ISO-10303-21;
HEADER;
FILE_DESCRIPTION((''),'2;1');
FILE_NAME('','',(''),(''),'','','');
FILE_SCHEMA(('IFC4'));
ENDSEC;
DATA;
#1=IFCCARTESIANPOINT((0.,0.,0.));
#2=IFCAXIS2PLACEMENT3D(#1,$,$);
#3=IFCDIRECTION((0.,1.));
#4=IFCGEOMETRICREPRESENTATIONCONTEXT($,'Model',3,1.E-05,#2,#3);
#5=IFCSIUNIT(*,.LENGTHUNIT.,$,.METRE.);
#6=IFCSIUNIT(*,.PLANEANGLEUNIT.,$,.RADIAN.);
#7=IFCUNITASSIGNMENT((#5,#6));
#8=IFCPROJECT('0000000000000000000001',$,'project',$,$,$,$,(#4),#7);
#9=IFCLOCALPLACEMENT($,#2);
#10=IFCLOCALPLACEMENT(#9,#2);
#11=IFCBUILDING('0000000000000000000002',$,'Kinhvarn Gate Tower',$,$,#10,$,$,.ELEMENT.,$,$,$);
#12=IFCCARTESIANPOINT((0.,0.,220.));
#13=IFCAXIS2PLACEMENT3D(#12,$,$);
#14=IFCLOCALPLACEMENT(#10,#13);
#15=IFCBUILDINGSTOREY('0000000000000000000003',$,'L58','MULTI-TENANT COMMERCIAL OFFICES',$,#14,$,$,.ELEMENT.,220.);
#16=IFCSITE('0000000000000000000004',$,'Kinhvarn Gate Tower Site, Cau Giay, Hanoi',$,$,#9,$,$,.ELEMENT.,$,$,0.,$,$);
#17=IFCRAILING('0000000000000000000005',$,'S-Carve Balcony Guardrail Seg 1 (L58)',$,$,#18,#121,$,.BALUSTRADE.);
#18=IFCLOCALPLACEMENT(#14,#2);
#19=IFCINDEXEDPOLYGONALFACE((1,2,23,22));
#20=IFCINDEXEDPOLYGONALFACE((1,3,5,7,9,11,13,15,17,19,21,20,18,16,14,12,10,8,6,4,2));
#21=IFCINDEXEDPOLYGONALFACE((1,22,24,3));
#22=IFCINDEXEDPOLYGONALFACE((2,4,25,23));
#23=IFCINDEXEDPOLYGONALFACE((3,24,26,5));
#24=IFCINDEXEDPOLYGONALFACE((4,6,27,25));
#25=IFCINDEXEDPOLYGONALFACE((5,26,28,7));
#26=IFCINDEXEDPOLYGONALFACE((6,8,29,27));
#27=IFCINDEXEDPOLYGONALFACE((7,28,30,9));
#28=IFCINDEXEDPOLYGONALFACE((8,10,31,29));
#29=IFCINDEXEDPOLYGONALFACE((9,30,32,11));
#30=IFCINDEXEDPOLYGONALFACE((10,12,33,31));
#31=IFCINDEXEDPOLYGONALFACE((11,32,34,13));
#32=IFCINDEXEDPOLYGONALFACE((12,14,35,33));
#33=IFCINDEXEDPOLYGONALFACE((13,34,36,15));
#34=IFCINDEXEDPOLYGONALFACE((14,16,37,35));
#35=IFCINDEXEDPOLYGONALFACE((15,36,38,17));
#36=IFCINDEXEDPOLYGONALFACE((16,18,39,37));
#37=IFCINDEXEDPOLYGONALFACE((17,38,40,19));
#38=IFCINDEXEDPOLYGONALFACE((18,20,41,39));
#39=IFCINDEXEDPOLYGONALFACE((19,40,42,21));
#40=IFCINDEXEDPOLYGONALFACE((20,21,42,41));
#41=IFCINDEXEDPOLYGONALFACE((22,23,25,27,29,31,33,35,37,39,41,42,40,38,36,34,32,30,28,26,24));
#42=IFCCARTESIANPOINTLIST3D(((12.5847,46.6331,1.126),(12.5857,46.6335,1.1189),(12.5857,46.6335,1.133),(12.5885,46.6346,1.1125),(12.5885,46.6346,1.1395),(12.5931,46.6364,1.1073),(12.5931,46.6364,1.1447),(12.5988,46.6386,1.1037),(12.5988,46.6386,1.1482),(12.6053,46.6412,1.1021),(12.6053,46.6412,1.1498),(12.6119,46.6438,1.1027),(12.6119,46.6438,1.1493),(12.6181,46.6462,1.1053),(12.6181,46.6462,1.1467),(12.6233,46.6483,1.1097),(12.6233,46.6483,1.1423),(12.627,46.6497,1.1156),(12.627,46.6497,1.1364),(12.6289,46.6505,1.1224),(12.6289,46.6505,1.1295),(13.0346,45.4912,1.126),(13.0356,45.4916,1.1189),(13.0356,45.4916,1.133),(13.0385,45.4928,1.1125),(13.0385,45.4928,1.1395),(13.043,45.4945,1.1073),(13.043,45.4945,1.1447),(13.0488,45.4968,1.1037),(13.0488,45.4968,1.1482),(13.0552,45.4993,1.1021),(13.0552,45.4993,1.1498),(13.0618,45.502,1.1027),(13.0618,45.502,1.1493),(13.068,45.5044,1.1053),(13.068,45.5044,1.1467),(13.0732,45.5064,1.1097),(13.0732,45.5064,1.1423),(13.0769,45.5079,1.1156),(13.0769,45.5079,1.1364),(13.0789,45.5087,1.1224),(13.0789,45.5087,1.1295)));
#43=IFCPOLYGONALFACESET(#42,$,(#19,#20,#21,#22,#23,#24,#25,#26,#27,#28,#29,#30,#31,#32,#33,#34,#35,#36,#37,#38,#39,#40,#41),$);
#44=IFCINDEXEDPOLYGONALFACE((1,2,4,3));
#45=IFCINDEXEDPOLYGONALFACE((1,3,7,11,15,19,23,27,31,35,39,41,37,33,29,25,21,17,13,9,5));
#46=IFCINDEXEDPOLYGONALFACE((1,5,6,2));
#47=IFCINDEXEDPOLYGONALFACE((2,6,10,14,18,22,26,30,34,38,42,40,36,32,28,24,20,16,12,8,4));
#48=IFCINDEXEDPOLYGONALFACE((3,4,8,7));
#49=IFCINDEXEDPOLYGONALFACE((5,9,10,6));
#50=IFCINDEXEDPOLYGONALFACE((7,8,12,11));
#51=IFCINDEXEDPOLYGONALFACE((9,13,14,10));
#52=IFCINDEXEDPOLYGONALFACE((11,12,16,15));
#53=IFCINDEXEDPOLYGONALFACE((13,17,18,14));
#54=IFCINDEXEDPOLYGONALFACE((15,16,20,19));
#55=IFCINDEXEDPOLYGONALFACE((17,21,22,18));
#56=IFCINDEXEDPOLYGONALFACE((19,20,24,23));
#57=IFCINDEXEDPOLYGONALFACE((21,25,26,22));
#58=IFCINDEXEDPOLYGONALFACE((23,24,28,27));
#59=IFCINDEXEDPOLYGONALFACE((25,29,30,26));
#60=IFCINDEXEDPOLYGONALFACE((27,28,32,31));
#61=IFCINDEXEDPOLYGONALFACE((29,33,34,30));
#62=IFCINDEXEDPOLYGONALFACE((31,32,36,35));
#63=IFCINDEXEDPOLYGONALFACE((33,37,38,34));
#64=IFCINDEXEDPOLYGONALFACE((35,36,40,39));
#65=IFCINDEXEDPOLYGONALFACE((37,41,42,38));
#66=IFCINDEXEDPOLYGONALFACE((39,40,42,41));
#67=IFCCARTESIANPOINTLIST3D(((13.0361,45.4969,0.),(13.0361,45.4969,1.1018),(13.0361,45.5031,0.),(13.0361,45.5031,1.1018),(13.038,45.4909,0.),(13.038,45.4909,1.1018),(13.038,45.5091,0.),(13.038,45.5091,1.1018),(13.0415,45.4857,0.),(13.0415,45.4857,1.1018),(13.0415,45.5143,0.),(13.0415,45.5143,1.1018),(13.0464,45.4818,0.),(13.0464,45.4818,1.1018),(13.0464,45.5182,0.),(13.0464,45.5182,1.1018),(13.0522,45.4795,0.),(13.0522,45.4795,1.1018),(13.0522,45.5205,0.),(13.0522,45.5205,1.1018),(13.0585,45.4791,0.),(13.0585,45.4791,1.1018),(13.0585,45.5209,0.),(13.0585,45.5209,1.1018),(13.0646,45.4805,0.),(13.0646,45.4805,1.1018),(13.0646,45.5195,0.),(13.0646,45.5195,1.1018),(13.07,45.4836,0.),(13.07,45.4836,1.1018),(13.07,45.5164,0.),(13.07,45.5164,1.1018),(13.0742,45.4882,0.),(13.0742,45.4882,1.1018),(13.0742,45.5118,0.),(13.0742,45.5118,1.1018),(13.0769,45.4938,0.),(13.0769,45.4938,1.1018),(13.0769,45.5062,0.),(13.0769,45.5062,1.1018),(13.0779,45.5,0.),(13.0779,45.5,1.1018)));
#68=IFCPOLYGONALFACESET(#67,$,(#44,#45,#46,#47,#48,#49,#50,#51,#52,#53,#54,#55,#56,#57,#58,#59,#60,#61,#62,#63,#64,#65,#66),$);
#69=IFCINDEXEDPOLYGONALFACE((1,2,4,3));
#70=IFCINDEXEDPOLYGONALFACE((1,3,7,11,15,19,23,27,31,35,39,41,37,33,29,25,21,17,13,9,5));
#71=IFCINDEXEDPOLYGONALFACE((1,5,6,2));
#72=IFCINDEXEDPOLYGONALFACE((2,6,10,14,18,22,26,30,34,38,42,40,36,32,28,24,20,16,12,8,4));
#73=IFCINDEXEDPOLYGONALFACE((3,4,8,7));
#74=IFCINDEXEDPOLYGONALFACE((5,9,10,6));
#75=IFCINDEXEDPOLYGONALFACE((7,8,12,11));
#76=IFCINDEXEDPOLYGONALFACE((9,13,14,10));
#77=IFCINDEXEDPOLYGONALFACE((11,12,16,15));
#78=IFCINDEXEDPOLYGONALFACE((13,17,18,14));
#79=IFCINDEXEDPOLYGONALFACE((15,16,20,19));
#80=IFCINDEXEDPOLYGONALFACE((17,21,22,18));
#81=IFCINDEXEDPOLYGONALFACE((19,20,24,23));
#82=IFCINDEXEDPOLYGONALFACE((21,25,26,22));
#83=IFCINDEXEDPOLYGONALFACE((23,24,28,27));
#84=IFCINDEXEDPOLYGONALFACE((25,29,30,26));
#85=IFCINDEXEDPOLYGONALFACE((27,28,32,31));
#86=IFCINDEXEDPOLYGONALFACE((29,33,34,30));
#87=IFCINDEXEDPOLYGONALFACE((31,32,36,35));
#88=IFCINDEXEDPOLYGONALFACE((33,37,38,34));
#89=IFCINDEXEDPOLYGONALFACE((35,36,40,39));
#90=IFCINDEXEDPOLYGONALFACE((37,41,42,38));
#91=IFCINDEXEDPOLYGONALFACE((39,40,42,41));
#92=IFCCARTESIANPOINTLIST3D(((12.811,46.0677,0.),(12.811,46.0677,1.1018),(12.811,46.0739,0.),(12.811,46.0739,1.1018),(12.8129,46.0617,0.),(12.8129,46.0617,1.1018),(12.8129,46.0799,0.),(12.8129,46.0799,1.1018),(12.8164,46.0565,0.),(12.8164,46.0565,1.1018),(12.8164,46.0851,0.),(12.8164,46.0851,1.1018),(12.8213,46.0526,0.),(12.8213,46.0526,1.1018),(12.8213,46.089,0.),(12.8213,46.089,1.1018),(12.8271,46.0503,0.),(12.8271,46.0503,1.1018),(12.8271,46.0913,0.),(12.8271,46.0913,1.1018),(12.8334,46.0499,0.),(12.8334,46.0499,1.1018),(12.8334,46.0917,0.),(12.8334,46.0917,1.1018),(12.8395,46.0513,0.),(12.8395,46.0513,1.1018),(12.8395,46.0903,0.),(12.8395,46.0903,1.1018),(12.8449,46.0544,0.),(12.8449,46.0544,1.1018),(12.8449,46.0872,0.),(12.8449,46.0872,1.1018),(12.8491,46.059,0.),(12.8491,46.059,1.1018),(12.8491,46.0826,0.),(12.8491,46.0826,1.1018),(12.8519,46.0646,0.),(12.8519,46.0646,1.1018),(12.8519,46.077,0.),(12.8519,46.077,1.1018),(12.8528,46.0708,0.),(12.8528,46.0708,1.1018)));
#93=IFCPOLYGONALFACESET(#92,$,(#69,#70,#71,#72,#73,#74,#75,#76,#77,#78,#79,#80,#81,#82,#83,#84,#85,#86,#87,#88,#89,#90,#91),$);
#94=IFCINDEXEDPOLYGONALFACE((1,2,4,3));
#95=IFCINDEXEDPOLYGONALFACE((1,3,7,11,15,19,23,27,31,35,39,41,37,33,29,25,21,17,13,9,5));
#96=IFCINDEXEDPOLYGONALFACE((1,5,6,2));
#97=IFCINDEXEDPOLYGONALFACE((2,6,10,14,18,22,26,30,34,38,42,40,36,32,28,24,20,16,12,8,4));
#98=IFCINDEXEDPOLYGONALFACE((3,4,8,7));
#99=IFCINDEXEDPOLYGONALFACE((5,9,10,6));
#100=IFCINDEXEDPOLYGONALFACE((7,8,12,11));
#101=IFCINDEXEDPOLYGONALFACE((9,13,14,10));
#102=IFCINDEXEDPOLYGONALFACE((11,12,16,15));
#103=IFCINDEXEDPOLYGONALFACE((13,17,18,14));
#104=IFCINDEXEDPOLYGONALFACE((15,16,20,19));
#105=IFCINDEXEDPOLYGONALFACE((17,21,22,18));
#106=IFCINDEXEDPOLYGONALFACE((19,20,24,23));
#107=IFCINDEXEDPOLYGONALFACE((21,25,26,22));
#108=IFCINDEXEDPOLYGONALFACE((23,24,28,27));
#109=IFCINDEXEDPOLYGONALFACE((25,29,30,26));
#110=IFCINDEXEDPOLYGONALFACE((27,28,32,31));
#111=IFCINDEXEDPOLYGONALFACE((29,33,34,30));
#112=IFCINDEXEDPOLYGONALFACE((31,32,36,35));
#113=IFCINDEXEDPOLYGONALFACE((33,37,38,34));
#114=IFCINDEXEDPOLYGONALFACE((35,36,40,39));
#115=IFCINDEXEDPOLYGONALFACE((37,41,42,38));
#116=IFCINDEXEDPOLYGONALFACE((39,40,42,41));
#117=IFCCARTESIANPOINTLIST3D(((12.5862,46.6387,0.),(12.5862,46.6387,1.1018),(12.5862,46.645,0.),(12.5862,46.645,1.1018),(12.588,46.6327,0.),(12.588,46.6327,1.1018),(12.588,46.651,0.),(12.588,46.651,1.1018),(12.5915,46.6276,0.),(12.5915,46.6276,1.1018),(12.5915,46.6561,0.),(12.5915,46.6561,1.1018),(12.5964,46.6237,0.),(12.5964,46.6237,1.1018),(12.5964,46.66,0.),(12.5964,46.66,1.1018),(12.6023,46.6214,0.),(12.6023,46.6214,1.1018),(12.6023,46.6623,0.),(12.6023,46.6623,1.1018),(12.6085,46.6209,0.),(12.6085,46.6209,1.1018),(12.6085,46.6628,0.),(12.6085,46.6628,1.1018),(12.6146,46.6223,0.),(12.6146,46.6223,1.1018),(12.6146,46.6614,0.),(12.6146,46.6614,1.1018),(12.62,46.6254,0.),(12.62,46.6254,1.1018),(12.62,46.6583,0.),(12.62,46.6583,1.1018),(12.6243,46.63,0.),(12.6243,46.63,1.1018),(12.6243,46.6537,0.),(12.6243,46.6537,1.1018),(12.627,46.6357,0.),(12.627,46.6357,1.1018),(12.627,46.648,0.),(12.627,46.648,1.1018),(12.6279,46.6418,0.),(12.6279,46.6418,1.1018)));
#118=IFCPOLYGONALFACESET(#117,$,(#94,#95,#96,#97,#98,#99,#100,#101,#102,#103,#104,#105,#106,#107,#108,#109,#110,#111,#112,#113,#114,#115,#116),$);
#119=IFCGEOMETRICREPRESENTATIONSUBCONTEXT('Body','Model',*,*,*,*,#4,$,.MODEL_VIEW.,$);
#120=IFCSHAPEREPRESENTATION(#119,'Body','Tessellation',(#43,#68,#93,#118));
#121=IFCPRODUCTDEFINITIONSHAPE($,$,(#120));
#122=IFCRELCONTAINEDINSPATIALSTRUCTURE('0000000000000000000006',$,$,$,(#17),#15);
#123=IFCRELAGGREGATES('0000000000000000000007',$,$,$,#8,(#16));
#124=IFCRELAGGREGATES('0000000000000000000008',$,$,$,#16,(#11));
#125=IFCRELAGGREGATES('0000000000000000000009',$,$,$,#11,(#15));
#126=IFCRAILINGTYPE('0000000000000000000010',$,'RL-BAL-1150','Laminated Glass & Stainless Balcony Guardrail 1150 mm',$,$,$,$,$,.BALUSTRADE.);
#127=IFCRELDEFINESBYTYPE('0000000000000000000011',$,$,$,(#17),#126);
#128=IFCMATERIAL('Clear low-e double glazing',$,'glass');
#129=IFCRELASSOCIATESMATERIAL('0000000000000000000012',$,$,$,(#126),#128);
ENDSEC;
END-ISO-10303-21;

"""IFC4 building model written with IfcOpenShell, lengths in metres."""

from ifc_helpers import new_model, si_unit, direction, frame, origin, origin_2d, place, context, subcontext, project, spatial, circle, extrude, material, type_object, element, save


model = new_model("IFC4")

# Units and contexts
model_context = context("Model", 3, precision=1e-05, world=origin(), true_north=direction((0.0, 1.0)))
body_context = subcontext(model_context, "Body", "Model", "MODEL_VIEW")
ifc_project = project(units=[si_unit("LENGTHUNIT", "METRE"), si_unit("PLANEANGLEUNIT", "RADIAN")], contexts=[model_context])

# Site, building, storey
site_placement = place(None, origin())
site = spatial("IfcSite", under=ifc_project, at=site_placement, Name="Kinhvarn Gate Tower Site, Cau Giay, Hanoi", CompositionType="ELEMENT", RefElevation=0.0)
building_placement = place(site_placement, origin())
building = spatial("IfcBuilding", under=site, at=building_placement, Name="Kinhvarn Gate Tower", CompositionType="ELEMENT")
storey_placement = place(building_placement, frame((0.0, 0.0, 220.0)))
storey = spatial("IfcBuildingStorey", under=building, at=storey_placement, Name="L58", Description="MULTI-TENANT COMMERCIAL OFFICES", CompositionType="ELEMENT", Elevation=220.0)

# Shared definitions
ifc_material_1 = material(Name="Clear low-e double glazing", Category="glass")

# Railing
railing_type_1 = type_object("IfcRailingType", Name="RL-BAL-1150", Description="Laminated Glass & Stainless Balcony Guardrail 1150 mm", PredefinedType="BALUSTRADE", material=ifc_material_1)
railing_1_placement = place(storey_placement, frame((13.0569, 45.5, 0.0)))
element("IfcRailing", 1, at=railing_1_placement, inside=storey, type_object=railing_type_1, Name="S-Carve Balcony Guardrail Seg 1 (L58)", PredefinedType="BALUSTRADE", context=body_context, shape_type="SweptSolid", body=[
    extrude(circle(Radius=0.0239, at=origin_2d()), frame((0.0, 0.0, 1.126), z_axis=(-0.366618, 0.930371, 0.0), x_axis=(-0.930371, -0.366618, 0.0)), (0.0, 0.0, 1.0), 1.2273),
    extrude(circle(Radius=0.021, at=origin_2d()), origin(), (0.0, 0.0, 1.0), 1.1018),
    extrude(circle(Radius=0.021, at=origin_2d()), frame((-0.2251, 0.5708, 0.0)), (0.0, 0.0, 1.0), 1.1018),
    extrude(circle(Radius=0.021, at=origin_2d()), frame((-0.45, 1.1418, 0.0)), (0.0, 0.0, 1.0), 1.1018),
])

save(model, "model.ifc")
